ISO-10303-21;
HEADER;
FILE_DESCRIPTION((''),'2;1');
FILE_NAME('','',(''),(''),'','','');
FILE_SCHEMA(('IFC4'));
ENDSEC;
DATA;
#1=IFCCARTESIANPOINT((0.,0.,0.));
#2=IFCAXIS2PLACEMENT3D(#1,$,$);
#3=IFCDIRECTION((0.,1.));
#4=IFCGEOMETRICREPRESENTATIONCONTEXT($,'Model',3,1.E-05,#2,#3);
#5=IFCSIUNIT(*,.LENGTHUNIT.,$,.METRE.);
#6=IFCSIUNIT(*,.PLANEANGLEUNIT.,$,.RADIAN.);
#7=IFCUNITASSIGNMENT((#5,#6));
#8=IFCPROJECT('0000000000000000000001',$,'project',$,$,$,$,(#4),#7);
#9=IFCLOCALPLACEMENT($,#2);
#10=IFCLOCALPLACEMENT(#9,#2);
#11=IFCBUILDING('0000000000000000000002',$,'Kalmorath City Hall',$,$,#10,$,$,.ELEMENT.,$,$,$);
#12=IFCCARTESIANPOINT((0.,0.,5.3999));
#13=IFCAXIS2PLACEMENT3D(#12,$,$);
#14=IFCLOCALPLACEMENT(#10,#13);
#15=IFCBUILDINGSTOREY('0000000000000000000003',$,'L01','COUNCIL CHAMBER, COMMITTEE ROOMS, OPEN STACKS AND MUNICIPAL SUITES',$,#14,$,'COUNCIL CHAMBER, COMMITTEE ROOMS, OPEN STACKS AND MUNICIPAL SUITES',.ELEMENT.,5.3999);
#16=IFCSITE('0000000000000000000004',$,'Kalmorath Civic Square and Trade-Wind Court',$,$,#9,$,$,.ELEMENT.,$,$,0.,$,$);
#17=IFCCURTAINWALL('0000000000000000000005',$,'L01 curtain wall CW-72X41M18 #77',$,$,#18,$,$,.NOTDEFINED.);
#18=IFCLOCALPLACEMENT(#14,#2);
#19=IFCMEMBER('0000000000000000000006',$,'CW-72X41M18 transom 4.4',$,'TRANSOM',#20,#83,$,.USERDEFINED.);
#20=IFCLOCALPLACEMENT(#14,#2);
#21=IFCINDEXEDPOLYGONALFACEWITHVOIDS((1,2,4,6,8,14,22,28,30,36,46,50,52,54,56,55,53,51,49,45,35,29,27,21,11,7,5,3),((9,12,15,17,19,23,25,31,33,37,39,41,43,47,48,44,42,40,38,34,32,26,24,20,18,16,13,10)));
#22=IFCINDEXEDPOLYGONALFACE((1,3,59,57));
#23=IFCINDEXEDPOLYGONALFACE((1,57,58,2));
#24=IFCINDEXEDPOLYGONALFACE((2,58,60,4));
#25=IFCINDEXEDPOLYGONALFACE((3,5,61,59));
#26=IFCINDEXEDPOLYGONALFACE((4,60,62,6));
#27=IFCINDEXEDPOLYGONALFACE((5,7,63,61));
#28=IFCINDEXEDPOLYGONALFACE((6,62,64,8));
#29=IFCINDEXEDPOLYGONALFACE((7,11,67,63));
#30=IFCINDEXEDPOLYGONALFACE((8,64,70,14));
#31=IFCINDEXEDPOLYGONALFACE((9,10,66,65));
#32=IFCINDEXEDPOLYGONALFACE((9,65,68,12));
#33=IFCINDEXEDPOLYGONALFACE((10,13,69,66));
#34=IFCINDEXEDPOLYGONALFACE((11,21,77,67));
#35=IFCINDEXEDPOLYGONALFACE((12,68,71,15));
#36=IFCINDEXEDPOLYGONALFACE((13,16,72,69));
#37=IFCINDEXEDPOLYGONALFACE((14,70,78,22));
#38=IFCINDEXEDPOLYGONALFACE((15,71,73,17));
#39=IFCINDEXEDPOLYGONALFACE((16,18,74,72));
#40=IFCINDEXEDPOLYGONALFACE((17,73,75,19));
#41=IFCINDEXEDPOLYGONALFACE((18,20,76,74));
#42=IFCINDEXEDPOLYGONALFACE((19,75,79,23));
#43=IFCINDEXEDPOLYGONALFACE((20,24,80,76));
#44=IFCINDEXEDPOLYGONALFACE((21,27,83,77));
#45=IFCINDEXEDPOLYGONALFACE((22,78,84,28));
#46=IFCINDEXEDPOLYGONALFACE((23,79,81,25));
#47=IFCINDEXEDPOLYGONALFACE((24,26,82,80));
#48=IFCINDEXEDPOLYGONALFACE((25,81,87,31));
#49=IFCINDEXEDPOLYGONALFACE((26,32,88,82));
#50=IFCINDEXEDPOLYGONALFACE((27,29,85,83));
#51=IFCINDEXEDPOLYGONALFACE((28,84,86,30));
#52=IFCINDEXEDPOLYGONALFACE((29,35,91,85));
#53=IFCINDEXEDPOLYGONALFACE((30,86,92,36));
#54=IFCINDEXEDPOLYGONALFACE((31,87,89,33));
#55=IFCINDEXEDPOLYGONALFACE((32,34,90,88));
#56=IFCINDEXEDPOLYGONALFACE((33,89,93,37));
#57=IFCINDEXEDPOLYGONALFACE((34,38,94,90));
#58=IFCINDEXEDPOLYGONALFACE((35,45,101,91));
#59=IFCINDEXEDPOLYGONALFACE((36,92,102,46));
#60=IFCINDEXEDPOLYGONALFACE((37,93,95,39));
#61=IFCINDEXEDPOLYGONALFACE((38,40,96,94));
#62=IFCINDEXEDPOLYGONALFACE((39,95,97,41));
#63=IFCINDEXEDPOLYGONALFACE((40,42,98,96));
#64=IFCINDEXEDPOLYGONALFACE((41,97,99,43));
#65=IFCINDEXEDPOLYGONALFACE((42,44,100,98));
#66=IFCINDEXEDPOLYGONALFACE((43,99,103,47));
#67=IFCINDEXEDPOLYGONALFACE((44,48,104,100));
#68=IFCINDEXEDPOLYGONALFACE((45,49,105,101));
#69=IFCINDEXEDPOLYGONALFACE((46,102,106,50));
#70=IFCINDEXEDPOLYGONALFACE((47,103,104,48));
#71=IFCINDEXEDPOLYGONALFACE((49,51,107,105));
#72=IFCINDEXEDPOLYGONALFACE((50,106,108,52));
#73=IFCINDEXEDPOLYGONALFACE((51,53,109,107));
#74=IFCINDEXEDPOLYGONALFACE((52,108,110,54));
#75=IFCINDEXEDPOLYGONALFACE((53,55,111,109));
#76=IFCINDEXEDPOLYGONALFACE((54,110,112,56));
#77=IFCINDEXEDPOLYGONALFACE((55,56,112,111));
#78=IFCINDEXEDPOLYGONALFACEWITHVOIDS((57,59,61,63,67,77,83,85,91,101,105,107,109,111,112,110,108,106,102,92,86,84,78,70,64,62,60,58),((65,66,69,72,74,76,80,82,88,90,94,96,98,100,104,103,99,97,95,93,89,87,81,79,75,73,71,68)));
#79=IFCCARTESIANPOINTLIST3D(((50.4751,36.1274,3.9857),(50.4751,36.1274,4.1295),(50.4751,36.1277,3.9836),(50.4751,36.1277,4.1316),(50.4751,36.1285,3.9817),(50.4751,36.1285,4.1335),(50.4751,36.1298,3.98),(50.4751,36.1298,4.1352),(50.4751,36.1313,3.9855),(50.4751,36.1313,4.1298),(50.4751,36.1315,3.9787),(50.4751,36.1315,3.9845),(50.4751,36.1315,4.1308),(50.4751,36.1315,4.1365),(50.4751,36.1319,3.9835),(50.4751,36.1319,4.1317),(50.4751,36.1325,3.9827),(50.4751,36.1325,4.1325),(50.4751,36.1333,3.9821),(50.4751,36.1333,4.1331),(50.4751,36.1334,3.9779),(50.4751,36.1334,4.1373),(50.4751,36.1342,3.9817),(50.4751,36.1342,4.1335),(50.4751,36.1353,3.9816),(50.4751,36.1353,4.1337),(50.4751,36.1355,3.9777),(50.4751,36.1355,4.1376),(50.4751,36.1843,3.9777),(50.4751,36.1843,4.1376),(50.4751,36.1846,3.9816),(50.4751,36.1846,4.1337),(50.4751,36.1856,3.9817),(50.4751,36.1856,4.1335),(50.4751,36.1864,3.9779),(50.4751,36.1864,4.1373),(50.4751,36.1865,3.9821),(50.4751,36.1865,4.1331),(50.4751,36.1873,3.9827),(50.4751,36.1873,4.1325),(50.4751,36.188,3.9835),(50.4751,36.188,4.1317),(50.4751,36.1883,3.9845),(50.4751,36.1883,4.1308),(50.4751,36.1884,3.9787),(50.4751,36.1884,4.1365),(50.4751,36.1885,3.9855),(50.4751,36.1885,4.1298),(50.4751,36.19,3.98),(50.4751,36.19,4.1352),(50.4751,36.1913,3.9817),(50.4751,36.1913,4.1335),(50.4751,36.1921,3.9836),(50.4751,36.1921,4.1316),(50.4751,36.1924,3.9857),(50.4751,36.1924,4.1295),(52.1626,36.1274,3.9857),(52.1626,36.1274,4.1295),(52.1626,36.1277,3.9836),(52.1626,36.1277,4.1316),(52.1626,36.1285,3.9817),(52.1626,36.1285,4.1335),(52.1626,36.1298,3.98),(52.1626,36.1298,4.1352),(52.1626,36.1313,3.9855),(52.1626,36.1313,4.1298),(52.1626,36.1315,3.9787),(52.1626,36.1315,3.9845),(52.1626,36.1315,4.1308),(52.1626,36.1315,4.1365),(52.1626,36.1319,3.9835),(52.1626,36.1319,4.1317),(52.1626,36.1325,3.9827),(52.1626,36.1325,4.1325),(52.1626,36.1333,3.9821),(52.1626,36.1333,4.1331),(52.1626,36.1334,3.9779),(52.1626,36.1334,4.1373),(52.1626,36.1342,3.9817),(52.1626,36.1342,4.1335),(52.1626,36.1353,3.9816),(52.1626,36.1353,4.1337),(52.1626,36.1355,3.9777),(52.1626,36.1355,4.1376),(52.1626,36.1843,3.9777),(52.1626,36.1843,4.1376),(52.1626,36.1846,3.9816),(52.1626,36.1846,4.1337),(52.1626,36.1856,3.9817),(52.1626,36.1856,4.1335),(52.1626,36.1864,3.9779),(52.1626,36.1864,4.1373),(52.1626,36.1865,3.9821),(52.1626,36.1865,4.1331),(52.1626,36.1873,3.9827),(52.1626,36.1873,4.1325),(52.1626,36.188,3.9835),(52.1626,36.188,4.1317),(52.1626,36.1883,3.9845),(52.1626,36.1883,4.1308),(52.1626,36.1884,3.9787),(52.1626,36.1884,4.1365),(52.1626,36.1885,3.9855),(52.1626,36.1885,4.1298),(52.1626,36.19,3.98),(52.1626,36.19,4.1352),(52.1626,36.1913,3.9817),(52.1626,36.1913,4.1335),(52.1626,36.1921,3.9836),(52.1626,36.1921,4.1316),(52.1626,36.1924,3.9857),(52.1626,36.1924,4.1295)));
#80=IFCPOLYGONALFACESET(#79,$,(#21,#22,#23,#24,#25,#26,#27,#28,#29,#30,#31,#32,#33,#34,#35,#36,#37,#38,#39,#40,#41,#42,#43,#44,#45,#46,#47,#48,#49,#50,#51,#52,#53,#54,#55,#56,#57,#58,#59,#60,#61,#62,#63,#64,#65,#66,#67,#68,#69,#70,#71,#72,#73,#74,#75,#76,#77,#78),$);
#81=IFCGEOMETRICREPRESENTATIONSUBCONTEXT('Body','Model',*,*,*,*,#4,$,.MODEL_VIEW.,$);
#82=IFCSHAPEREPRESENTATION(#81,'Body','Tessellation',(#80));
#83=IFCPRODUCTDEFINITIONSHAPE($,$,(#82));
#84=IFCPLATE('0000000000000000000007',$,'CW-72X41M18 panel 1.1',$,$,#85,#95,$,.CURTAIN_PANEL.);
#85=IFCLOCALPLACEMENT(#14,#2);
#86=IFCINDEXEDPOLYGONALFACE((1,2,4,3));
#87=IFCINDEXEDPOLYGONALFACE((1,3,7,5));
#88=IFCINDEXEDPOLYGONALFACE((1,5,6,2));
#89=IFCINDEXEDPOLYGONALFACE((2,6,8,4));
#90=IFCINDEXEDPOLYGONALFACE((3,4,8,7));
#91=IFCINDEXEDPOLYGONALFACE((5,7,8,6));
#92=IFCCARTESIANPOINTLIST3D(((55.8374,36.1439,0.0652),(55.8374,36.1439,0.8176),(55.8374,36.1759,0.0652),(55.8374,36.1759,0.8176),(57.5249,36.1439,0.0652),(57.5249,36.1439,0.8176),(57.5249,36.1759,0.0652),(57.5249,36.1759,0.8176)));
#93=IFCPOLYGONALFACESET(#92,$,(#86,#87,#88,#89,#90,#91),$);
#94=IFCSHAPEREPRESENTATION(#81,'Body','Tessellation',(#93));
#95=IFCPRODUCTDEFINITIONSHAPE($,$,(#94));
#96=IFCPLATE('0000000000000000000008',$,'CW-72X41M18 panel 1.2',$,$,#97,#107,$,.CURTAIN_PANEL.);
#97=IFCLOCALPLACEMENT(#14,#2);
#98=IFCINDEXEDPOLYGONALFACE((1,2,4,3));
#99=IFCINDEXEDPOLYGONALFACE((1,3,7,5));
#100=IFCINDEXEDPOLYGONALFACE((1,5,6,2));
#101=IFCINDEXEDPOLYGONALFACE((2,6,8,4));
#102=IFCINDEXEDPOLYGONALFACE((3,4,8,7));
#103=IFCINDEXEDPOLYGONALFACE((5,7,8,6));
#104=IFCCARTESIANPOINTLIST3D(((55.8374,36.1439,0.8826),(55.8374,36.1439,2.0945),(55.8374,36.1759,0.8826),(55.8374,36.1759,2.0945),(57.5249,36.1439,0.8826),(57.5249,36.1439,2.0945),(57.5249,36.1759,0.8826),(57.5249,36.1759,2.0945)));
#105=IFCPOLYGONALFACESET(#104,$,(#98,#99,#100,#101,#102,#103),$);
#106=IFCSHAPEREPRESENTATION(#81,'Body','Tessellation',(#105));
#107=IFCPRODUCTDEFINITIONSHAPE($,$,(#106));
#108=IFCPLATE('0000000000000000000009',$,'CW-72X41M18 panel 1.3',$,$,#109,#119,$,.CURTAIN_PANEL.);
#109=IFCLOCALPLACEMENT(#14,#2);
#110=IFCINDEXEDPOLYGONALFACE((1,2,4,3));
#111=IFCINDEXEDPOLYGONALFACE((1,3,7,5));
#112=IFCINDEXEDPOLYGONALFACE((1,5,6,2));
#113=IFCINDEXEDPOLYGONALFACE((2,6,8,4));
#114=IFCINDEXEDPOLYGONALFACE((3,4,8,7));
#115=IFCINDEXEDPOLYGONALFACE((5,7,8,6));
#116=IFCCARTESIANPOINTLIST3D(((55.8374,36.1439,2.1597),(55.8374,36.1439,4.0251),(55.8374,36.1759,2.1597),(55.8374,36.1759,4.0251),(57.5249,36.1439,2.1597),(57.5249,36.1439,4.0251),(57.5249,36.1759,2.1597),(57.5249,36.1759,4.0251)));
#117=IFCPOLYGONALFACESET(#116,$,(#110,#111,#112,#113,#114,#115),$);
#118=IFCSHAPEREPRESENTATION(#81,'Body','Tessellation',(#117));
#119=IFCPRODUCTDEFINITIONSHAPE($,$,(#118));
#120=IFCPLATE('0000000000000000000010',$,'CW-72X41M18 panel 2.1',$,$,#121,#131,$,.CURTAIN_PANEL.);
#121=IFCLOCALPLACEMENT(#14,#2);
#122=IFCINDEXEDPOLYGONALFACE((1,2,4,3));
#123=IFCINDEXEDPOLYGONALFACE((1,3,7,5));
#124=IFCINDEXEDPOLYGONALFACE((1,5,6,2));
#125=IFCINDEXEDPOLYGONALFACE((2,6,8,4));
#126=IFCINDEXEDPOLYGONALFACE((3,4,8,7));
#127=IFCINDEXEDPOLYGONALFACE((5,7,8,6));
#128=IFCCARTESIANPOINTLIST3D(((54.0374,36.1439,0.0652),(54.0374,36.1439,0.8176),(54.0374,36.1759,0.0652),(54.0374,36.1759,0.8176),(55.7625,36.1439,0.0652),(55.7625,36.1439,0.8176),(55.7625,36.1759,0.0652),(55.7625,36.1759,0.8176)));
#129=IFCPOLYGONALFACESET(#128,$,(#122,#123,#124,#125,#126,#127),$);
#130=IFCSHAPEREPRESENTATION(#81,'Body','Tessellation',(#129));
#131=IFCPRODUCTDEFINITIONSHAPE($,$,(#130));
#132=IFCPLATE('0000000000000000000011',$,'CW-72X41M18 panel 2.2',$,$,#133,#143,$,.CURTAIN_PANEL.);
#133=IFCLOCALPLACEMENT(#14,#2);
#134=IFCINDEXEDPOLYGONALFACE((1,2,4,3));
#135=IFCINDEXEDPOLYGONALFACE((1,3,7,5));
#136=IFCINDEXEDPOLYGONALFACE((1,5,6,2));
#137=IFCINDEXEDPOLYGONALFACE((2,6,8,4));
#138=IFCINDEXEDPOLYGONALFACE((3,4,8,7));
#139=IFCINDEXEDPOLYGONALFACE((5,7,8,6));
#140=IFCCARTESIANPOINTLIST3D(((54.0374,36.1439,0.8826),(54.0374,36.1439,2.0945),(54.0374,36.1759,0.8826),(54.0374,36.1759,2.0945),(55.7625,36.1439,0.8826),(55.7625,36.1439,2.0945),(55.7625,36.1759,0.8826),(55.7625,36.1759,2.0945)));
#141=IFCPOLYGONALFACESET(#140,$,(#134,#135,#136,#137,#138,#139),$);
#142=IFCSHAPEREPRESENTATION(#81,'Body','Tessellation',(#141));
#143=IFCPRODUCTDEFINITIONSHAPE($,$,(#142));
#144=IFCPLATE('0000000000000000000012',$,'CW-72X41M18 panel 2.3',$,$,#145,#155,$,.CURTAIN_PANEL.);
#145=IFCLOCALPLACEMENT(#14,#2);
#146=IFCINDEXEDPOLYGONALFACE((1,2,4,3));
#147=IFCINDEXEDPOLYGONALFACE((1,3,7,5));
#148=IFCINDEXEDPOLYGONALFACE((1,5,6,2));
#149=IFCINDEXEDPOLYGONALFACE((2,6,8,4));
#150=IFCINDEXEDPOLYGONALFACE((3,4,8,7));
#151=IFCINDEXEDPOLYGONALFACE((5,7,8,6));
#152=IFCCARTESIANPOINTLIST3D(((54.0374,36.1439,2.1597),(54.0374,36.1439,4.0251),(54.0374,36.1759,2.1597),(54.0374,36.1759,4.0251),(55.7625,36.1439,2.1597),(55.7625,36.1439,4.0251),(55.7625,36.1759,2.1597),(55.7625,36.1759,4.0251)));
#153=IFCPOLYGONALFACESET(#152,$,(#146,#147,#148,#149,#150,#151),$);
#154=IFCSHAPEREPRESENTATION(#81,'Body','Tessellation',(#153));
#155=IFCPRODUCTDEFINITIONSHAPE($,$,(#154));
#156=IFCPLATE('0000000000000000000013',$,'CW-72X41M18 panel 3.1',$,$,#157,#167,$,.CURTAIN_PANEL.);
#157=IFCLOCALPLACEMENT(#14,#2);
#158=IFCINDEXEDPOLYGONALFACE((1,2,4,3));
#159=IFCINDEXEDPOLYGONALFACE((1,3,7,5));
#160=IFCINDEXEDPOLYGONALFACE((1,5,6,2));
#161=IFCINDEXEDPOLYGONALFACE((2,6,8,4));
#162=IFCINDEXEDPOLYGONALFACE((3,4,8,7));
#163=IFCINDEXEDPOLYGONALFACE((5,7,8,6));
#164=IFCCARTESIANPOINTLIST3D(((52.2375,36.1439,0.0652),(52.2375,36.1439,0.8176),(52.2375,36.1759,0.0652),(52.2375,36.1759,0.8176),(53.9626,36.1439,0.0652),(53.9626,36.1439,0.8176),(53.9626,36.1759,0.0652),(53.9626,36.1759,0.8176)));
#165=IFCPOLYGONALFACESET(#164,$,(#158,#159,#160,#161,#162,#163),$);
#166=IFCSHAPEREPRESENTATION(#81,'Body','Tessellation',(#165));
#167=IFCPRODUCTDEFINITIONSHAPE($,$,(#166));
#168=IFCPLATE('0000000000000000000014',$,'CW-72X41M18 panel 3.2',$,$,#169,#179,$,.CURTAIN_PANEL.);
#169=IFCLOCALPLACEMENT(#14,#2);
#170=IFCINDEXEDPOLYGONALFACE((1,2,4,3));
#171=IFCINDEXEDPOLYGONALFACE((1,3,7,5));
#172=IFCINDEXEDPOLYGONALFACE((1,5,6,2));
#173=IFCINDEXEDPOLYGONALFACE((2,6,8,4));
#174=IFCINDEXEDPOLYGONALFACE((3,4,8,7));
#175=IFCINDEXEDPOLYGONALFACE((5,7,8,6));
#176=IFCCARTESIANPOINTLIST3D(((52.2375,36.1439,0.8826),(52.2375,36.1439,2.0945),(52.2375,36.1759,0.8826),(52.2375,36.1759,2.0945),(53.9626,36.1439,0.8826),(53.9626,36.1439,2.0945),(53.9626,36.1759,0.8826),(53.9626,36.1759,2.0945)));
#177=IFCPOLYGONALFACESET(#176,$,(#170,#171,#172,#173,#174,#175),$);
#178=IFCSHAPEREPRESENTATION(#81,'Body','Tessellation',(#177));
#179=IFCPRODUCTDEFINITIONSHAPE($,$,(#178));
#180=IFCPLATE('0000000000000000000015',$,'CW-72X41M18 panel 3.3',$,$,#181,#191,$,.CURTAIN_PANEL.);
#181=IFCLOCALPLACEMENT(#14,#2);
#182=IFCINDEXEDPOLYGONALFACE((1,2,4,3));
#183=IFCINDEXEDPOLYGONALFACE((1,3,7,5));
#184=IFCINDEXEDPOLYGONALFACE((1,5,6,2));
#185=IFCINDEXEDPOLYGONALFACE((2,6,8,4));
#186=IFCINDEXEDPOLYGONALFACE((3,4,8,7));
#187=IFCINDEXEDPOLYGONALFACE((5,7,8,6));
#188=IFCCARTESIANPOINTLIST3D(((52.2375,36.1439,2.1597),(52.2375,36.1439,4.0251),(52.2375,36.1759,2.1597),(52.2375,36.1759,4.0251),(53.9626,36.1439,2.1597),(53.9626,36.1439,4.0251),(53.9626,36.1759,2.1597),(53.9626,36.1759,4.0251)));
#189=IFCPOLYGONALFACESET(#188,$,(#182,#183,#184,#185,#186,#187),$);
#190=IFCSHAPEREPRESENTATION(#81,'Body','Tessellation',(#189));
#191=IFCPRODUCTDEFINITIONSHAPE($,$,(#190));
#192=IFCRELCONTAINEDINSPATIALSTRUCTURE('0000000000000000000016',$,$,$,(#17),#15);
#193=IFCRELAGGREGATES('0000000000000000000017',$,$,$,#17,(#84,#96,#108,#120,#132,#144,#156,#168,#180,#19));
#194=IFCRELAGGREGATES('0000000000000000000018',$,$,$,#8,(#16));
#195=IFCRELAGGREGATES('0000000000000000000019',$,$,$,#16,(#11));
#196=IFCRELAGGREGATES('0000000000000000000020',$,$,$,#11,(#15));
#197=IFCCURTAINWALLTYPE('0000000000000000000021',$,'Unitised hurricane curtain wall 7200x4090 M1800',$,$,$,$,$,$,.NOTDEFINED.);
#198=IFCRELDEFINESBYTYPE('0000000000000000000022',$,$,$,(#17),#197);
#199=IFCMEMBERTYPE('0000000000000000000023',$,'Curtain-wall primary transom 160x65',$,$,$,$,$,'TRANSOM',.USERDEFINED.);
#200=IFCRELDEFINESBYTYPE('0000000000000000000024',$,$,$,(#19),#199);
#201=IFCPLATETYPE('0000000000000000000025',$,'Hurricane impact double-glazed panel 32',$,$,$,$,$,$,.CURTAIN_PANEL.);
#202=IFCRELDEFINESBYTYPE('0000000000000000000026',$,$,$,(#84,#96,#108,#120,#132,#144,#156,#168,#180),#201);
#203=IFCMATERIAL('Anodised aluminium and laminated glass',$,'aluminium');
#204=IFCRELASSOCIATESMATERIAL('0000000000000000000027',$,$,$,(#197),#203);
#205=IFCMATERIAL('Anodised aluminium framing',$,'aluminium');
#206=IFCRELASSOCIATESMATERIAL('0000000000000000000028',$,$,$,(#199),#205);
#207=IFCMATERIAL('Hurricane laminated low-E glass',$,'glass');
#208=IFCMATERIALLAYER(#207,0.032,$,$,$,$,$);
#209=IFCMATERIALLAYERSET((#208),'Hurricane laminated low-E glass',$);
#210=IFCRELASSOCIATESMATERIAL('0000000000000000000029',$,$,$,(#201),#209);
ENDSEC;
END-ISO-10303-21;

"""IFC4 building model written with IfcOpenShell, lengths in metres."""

from ifc_helpers import new_model, si_unit, direction, frame, origin, origin_2d, place, context, subcontext, project, spatial, rectangle, hollow_rectangle, extrude, material, layer, layer_set, material_profile, profile_set, type_object, element, aggregate, save


model = new_model("IFC4")

# Units and contexts
model_context = context("Model", 3, precision=1e-05, world=origin(), true_north=direction((0.0, 1.0)))
body_context = subcontext(model_context, "Body", "Model", "MODEL_VIEW")
ifc_project = project(units=[si_unit("LENGTHUNIT", "METRE"), si_unit("PLANEANGLEUNIT", "RADIAN")], contexts=[model_context])

# Site, building, storey
site_placement = place(None, origin())
site = spatial("IfcSite", under=ifc_project, at=site_placement, Name="Kalmorath Civic Square and Trade-Wind Court", CompositionType="ELEMENT", RefElevation=0.0)
building_placement = place(site_placement, origin())
building = spatial("IfcBuilding", under=site, at=building_placement, Name="Kalmorath City Hall", CompositionType="ELEMENT")
storey_placement = place(building_placement, frame((0.0, 0.0, 5.3999)))
storey = spatial("IfcBuildingStorey", under=building, at=storey_placement, Name="L01", Description="COUNCIL CHAMBER, COMMITTEE ROOMS, OPEN STACKS AND MUNICIPAL SUITES", LongName="COUNCIL CHAMBER, COMMITTEE ROOMS, OPEN STACKS AND MUNICIPAL SUITES", CompositionType="ELEMENT", Elevation=5.3999)

# Curtain wall, member, plates
ifc_material_1 = material(Name="Anodised aluminium and laminated glass", Category="aluminium")
curtain_wall_type = type_object("IfcCurtainWallType", Name="Unitised hurricane curtain wall 7200x4090 M1800", PredefinedType="NOTDEFINED", material=ifc_material_1)
curtain_wall_placement = place(storey_placement, origin())
curtain_wall = element("IfcCurtainWall", 1, at=curtain_wall_placement, inside=storey, type_object=curtain_wall_type, Name="L01 curtain wall CW-72X41M18 #77", PredefinedType="NOTDEFINED")
ifc_material_2 = material(Name="Anodised aluminium framing", Category="aluminium")
ifc_material_profile_1 = material_profile(ifc_material_2, hollow_rectangle(XDim=0.0649, YDim=0.1599, WallThickness=0.0039, InnerFilletRadius=0.0039, OuterFilletRadius=0.0081, at=origin_2d()), Name="ALU-TRN-160X65X4")
ifc_profile_set_1 = profile_set([ifc_material_profile_1], Name="Anodised aluminium framing")
member_type_1 = type_object("IfcMemberType", Name="Curtain-wall primary transom 160x65", ElementType="TRANSOM", PredefinedType="USERDEFINED", material=ifc_profile_set_1)
member_1_placement = place(storey_placement, frame((52.1626, 36.1599, 4.0576), z_axis=(-1.0, 0.0, 0.0), x_axis=(0.0, -1.0, 0.0)))
member_1 = element("IfcMember", 2, at=member_1_placement, type_object=member_type_1, Name="CW-72X41M18 transom 4.4", ObjectType="TRANSOM", PredefinedType="USERDEFINED", context=body_context, shape_type="SweptSolid", body=[
    extrude(hollow_rectangle(XDim=0.0649, YDim=0.1599, WallThickness=0.0039, InnerFilletRadius=0.0039, OuterFilletRadius=0.0081, at=origin_2d()), origin(), (0.0, 0.0, 1.0), 1.6875),
])
ifc_material_3 = material(Name="Hurricane laminated low-E glass", Category="glass")
ifc_layer = layer(ifc_material_3, 0.032)
ifc_layer_set = layer_set([ifc_layer], Name="Hurricane laminated low-E glass")
plate_type = type_object("IfcPlateType", Name="Hurricane impact double-glazed panel 32", PredefinedType="CURTAIN_PANEL", material=ifc_layer_set)
plate_1_placement = place(storey_placement, frame((56.6812, 36.1599, 0.0652), z_axis=(0.0, 0.0, 1.0), x_axis=(-1.0, 0.0, 0.0)))
plate_1 = element("IfcPlate", 3, at=plate_1_placement, type_object=plate_type, Name="CW-72X41M18 panel 1.1", PredefinedType="CURTAIN_PANEL", context=body_context, shape_type="SweptSolid", body=[
    extrude(rectangle(XDim=1.6875, YDim=0.032, at=origin_2d()), origin(), (0.0, 0.0, 1.0), 0.7524),
])
plate_2_placement = place(storey_placement, frame((56.6812, 36.1599, 0.8826), z_axis=(0.0, 0.0, 1.0), x_axis=(-1.0, 0.0, 0.0)))
plate_2 = element("IfcPlate", 4, at=plate_2_placement, type_object=plate_type, Name="CW-72X41M18 panel 1.2", PredefinedType="CURTAIN_PANEL", context=body_context, shape_type="SweptSolid", body=[
    extrude(rectangle(XDim=1.6875, YDim=0.032, at=origin_2d()), origin(), (0.0, 0.0, 1.0), 1.2119),
])
plate_3_placement = place(storey_placement, frame((56.6812, 36.1599, 2.1597), z_axis=(0.0, 0.0, 1.0), x_axis=(-1.0, 0.0, 0.0)))
plate_3 = element("IfcPlate", 5, at=plate_3_placement, type_object=plate_type, Name="CW-72X41M18 panel 1.3", PredefinedType="CURTAIN_PANEL", context=body_context, shape_type="SweptSolid", body=[
    extrude(rectangle(XDim=1.6875, YDim=0.032, at=origin_2d()), origin(), (0.0, 0.0, 1.0), 1.8655),
])
plate_4_placement = place(storey_placement, frame((54.8999, 36.1599, 0.0652), z_axis=(0.0, 0.0, 1.0), x_axis=(-1.0, 0.0, 0.0)))
plate_4 = element("IfcPlate", 6, at=plate_4_placement, type_object=plate_type, Name="CW-72X41M18 panel 2.1", PredefinedType="CURTAIN_PANEL", context=body_context, shape_type="SweptSolid", body=[
    extrude(rectangle(XDim=1.7251, YDim=0.032, at=origin_2d()), origin(), (0.0, 0.0, 1.0), 0.7524),
])
plate_5_placement = place(storey_placement, frame((54.8999, 36.1599, 0.8826), z_axis=(0.0, 0.0, 1.0), x_axis=(-1.0, 0.0, 0.0)))
plate_5 = element("IfcPlate", 7, at=plate_5_placement, type_object=plate_type, Name="CW-72X41M18 panel 2.2", PredefinedType="CURTAIN_PANEL", context=body_context, shape_type="SweptSolid", body=[
    extrude(rectangle(XDim=1.7251, YDim=0.032, at=origin_2d()), origin(), (0.0, 0.0, 1.0), 1.2119),
])
plate_6_placement = place(storey_placement, frame((54.8999, 36.1599, 2.1597), z_axis=(0.0, 0.0, 1.0), x_axis=(-1.0, 0.0, 0.0)))
plate_6 = element("IfcPlate", 8, at=plate_6_placement, type_object=plate_type, Name="CW-72X41M18 panel 2.3", PredefinedType="CURTAIN_PANEL", context=body_context, shape_type="SweptSolid", body=[
    extrude(rectangle(XDim=1.7251, YDim=0.032, at=origin_2d()), origin(), (0.0, 0.0, 1.0), 1.8655),
])
plate_7_placement = place(storey_placement, frame((53.1001, 36.1599, 0.0652), z_axis=(0.0, 0.0, 1.0), x_axis=(-1.0, 0.0, 0.0)))
plate_7 = element("IfcPlate", 9, at=plate_7_placement, type_object=plate_type, Name="CW-72X41M18 panel 3.1", PredefinedType="CURTAIN_PANEL", context=body_context, shape_type="SweptSolid", body=[
    extrude(rectangle(XDim=1.7251, YDim=0.032, at=origin_2d()), origin(), (0.0, 0.0, 1.0), 0.7524),
])
plate_8_placement = place(storey_placement, frame((53.1001, 36.1599, 0.8826), z_axis=(0.0, 0.0, 1.0), x_axis=(-1.0, 0.0, 0.0)))
plate_8 = element("IfcPlate", 10, at=plate_8_placement, type_object=plate_type, Name="CW-72X41M18 panel 3.2", PredefinedType="CURTAIN_PANEL", context=body_context, shape_type="SweptSolid", body=[
    extrude(rectangle(XDim=1.7251, YDim=0.032, at=origin_2d()), origin(), (0.0, 0.0, 1.0), 1.2119),
])
plate_9_placement = place(storey_placement, frame((53.1001, 36.1599, 2.1597), z_axis=(0.0, 0.0, 1.0), x_axis=(-1.0, 0.0, 0.0)))
plate_9 = element("IfcPlate", 11, at=plate_9_placement, type_object=plate_type, Name="CW-72X41M18 panel 3.3", PredefinedType="CURTAIN_PANEL", context=body_context, shape_type="SweptSolid", body=[
    extrude(rectangle(XDim=1.7251, YDim=0.032, at=origin_2d()), origin(), (0.0, 0.0, 1.0), 1.8655),
])
aggregate(curtain_wall, [plate_1, plate_2, plate_3, plate_4, plate_5, plate_6, plate_7, plate_8, plate_9, member_1])

save(model, "model.ifc")
